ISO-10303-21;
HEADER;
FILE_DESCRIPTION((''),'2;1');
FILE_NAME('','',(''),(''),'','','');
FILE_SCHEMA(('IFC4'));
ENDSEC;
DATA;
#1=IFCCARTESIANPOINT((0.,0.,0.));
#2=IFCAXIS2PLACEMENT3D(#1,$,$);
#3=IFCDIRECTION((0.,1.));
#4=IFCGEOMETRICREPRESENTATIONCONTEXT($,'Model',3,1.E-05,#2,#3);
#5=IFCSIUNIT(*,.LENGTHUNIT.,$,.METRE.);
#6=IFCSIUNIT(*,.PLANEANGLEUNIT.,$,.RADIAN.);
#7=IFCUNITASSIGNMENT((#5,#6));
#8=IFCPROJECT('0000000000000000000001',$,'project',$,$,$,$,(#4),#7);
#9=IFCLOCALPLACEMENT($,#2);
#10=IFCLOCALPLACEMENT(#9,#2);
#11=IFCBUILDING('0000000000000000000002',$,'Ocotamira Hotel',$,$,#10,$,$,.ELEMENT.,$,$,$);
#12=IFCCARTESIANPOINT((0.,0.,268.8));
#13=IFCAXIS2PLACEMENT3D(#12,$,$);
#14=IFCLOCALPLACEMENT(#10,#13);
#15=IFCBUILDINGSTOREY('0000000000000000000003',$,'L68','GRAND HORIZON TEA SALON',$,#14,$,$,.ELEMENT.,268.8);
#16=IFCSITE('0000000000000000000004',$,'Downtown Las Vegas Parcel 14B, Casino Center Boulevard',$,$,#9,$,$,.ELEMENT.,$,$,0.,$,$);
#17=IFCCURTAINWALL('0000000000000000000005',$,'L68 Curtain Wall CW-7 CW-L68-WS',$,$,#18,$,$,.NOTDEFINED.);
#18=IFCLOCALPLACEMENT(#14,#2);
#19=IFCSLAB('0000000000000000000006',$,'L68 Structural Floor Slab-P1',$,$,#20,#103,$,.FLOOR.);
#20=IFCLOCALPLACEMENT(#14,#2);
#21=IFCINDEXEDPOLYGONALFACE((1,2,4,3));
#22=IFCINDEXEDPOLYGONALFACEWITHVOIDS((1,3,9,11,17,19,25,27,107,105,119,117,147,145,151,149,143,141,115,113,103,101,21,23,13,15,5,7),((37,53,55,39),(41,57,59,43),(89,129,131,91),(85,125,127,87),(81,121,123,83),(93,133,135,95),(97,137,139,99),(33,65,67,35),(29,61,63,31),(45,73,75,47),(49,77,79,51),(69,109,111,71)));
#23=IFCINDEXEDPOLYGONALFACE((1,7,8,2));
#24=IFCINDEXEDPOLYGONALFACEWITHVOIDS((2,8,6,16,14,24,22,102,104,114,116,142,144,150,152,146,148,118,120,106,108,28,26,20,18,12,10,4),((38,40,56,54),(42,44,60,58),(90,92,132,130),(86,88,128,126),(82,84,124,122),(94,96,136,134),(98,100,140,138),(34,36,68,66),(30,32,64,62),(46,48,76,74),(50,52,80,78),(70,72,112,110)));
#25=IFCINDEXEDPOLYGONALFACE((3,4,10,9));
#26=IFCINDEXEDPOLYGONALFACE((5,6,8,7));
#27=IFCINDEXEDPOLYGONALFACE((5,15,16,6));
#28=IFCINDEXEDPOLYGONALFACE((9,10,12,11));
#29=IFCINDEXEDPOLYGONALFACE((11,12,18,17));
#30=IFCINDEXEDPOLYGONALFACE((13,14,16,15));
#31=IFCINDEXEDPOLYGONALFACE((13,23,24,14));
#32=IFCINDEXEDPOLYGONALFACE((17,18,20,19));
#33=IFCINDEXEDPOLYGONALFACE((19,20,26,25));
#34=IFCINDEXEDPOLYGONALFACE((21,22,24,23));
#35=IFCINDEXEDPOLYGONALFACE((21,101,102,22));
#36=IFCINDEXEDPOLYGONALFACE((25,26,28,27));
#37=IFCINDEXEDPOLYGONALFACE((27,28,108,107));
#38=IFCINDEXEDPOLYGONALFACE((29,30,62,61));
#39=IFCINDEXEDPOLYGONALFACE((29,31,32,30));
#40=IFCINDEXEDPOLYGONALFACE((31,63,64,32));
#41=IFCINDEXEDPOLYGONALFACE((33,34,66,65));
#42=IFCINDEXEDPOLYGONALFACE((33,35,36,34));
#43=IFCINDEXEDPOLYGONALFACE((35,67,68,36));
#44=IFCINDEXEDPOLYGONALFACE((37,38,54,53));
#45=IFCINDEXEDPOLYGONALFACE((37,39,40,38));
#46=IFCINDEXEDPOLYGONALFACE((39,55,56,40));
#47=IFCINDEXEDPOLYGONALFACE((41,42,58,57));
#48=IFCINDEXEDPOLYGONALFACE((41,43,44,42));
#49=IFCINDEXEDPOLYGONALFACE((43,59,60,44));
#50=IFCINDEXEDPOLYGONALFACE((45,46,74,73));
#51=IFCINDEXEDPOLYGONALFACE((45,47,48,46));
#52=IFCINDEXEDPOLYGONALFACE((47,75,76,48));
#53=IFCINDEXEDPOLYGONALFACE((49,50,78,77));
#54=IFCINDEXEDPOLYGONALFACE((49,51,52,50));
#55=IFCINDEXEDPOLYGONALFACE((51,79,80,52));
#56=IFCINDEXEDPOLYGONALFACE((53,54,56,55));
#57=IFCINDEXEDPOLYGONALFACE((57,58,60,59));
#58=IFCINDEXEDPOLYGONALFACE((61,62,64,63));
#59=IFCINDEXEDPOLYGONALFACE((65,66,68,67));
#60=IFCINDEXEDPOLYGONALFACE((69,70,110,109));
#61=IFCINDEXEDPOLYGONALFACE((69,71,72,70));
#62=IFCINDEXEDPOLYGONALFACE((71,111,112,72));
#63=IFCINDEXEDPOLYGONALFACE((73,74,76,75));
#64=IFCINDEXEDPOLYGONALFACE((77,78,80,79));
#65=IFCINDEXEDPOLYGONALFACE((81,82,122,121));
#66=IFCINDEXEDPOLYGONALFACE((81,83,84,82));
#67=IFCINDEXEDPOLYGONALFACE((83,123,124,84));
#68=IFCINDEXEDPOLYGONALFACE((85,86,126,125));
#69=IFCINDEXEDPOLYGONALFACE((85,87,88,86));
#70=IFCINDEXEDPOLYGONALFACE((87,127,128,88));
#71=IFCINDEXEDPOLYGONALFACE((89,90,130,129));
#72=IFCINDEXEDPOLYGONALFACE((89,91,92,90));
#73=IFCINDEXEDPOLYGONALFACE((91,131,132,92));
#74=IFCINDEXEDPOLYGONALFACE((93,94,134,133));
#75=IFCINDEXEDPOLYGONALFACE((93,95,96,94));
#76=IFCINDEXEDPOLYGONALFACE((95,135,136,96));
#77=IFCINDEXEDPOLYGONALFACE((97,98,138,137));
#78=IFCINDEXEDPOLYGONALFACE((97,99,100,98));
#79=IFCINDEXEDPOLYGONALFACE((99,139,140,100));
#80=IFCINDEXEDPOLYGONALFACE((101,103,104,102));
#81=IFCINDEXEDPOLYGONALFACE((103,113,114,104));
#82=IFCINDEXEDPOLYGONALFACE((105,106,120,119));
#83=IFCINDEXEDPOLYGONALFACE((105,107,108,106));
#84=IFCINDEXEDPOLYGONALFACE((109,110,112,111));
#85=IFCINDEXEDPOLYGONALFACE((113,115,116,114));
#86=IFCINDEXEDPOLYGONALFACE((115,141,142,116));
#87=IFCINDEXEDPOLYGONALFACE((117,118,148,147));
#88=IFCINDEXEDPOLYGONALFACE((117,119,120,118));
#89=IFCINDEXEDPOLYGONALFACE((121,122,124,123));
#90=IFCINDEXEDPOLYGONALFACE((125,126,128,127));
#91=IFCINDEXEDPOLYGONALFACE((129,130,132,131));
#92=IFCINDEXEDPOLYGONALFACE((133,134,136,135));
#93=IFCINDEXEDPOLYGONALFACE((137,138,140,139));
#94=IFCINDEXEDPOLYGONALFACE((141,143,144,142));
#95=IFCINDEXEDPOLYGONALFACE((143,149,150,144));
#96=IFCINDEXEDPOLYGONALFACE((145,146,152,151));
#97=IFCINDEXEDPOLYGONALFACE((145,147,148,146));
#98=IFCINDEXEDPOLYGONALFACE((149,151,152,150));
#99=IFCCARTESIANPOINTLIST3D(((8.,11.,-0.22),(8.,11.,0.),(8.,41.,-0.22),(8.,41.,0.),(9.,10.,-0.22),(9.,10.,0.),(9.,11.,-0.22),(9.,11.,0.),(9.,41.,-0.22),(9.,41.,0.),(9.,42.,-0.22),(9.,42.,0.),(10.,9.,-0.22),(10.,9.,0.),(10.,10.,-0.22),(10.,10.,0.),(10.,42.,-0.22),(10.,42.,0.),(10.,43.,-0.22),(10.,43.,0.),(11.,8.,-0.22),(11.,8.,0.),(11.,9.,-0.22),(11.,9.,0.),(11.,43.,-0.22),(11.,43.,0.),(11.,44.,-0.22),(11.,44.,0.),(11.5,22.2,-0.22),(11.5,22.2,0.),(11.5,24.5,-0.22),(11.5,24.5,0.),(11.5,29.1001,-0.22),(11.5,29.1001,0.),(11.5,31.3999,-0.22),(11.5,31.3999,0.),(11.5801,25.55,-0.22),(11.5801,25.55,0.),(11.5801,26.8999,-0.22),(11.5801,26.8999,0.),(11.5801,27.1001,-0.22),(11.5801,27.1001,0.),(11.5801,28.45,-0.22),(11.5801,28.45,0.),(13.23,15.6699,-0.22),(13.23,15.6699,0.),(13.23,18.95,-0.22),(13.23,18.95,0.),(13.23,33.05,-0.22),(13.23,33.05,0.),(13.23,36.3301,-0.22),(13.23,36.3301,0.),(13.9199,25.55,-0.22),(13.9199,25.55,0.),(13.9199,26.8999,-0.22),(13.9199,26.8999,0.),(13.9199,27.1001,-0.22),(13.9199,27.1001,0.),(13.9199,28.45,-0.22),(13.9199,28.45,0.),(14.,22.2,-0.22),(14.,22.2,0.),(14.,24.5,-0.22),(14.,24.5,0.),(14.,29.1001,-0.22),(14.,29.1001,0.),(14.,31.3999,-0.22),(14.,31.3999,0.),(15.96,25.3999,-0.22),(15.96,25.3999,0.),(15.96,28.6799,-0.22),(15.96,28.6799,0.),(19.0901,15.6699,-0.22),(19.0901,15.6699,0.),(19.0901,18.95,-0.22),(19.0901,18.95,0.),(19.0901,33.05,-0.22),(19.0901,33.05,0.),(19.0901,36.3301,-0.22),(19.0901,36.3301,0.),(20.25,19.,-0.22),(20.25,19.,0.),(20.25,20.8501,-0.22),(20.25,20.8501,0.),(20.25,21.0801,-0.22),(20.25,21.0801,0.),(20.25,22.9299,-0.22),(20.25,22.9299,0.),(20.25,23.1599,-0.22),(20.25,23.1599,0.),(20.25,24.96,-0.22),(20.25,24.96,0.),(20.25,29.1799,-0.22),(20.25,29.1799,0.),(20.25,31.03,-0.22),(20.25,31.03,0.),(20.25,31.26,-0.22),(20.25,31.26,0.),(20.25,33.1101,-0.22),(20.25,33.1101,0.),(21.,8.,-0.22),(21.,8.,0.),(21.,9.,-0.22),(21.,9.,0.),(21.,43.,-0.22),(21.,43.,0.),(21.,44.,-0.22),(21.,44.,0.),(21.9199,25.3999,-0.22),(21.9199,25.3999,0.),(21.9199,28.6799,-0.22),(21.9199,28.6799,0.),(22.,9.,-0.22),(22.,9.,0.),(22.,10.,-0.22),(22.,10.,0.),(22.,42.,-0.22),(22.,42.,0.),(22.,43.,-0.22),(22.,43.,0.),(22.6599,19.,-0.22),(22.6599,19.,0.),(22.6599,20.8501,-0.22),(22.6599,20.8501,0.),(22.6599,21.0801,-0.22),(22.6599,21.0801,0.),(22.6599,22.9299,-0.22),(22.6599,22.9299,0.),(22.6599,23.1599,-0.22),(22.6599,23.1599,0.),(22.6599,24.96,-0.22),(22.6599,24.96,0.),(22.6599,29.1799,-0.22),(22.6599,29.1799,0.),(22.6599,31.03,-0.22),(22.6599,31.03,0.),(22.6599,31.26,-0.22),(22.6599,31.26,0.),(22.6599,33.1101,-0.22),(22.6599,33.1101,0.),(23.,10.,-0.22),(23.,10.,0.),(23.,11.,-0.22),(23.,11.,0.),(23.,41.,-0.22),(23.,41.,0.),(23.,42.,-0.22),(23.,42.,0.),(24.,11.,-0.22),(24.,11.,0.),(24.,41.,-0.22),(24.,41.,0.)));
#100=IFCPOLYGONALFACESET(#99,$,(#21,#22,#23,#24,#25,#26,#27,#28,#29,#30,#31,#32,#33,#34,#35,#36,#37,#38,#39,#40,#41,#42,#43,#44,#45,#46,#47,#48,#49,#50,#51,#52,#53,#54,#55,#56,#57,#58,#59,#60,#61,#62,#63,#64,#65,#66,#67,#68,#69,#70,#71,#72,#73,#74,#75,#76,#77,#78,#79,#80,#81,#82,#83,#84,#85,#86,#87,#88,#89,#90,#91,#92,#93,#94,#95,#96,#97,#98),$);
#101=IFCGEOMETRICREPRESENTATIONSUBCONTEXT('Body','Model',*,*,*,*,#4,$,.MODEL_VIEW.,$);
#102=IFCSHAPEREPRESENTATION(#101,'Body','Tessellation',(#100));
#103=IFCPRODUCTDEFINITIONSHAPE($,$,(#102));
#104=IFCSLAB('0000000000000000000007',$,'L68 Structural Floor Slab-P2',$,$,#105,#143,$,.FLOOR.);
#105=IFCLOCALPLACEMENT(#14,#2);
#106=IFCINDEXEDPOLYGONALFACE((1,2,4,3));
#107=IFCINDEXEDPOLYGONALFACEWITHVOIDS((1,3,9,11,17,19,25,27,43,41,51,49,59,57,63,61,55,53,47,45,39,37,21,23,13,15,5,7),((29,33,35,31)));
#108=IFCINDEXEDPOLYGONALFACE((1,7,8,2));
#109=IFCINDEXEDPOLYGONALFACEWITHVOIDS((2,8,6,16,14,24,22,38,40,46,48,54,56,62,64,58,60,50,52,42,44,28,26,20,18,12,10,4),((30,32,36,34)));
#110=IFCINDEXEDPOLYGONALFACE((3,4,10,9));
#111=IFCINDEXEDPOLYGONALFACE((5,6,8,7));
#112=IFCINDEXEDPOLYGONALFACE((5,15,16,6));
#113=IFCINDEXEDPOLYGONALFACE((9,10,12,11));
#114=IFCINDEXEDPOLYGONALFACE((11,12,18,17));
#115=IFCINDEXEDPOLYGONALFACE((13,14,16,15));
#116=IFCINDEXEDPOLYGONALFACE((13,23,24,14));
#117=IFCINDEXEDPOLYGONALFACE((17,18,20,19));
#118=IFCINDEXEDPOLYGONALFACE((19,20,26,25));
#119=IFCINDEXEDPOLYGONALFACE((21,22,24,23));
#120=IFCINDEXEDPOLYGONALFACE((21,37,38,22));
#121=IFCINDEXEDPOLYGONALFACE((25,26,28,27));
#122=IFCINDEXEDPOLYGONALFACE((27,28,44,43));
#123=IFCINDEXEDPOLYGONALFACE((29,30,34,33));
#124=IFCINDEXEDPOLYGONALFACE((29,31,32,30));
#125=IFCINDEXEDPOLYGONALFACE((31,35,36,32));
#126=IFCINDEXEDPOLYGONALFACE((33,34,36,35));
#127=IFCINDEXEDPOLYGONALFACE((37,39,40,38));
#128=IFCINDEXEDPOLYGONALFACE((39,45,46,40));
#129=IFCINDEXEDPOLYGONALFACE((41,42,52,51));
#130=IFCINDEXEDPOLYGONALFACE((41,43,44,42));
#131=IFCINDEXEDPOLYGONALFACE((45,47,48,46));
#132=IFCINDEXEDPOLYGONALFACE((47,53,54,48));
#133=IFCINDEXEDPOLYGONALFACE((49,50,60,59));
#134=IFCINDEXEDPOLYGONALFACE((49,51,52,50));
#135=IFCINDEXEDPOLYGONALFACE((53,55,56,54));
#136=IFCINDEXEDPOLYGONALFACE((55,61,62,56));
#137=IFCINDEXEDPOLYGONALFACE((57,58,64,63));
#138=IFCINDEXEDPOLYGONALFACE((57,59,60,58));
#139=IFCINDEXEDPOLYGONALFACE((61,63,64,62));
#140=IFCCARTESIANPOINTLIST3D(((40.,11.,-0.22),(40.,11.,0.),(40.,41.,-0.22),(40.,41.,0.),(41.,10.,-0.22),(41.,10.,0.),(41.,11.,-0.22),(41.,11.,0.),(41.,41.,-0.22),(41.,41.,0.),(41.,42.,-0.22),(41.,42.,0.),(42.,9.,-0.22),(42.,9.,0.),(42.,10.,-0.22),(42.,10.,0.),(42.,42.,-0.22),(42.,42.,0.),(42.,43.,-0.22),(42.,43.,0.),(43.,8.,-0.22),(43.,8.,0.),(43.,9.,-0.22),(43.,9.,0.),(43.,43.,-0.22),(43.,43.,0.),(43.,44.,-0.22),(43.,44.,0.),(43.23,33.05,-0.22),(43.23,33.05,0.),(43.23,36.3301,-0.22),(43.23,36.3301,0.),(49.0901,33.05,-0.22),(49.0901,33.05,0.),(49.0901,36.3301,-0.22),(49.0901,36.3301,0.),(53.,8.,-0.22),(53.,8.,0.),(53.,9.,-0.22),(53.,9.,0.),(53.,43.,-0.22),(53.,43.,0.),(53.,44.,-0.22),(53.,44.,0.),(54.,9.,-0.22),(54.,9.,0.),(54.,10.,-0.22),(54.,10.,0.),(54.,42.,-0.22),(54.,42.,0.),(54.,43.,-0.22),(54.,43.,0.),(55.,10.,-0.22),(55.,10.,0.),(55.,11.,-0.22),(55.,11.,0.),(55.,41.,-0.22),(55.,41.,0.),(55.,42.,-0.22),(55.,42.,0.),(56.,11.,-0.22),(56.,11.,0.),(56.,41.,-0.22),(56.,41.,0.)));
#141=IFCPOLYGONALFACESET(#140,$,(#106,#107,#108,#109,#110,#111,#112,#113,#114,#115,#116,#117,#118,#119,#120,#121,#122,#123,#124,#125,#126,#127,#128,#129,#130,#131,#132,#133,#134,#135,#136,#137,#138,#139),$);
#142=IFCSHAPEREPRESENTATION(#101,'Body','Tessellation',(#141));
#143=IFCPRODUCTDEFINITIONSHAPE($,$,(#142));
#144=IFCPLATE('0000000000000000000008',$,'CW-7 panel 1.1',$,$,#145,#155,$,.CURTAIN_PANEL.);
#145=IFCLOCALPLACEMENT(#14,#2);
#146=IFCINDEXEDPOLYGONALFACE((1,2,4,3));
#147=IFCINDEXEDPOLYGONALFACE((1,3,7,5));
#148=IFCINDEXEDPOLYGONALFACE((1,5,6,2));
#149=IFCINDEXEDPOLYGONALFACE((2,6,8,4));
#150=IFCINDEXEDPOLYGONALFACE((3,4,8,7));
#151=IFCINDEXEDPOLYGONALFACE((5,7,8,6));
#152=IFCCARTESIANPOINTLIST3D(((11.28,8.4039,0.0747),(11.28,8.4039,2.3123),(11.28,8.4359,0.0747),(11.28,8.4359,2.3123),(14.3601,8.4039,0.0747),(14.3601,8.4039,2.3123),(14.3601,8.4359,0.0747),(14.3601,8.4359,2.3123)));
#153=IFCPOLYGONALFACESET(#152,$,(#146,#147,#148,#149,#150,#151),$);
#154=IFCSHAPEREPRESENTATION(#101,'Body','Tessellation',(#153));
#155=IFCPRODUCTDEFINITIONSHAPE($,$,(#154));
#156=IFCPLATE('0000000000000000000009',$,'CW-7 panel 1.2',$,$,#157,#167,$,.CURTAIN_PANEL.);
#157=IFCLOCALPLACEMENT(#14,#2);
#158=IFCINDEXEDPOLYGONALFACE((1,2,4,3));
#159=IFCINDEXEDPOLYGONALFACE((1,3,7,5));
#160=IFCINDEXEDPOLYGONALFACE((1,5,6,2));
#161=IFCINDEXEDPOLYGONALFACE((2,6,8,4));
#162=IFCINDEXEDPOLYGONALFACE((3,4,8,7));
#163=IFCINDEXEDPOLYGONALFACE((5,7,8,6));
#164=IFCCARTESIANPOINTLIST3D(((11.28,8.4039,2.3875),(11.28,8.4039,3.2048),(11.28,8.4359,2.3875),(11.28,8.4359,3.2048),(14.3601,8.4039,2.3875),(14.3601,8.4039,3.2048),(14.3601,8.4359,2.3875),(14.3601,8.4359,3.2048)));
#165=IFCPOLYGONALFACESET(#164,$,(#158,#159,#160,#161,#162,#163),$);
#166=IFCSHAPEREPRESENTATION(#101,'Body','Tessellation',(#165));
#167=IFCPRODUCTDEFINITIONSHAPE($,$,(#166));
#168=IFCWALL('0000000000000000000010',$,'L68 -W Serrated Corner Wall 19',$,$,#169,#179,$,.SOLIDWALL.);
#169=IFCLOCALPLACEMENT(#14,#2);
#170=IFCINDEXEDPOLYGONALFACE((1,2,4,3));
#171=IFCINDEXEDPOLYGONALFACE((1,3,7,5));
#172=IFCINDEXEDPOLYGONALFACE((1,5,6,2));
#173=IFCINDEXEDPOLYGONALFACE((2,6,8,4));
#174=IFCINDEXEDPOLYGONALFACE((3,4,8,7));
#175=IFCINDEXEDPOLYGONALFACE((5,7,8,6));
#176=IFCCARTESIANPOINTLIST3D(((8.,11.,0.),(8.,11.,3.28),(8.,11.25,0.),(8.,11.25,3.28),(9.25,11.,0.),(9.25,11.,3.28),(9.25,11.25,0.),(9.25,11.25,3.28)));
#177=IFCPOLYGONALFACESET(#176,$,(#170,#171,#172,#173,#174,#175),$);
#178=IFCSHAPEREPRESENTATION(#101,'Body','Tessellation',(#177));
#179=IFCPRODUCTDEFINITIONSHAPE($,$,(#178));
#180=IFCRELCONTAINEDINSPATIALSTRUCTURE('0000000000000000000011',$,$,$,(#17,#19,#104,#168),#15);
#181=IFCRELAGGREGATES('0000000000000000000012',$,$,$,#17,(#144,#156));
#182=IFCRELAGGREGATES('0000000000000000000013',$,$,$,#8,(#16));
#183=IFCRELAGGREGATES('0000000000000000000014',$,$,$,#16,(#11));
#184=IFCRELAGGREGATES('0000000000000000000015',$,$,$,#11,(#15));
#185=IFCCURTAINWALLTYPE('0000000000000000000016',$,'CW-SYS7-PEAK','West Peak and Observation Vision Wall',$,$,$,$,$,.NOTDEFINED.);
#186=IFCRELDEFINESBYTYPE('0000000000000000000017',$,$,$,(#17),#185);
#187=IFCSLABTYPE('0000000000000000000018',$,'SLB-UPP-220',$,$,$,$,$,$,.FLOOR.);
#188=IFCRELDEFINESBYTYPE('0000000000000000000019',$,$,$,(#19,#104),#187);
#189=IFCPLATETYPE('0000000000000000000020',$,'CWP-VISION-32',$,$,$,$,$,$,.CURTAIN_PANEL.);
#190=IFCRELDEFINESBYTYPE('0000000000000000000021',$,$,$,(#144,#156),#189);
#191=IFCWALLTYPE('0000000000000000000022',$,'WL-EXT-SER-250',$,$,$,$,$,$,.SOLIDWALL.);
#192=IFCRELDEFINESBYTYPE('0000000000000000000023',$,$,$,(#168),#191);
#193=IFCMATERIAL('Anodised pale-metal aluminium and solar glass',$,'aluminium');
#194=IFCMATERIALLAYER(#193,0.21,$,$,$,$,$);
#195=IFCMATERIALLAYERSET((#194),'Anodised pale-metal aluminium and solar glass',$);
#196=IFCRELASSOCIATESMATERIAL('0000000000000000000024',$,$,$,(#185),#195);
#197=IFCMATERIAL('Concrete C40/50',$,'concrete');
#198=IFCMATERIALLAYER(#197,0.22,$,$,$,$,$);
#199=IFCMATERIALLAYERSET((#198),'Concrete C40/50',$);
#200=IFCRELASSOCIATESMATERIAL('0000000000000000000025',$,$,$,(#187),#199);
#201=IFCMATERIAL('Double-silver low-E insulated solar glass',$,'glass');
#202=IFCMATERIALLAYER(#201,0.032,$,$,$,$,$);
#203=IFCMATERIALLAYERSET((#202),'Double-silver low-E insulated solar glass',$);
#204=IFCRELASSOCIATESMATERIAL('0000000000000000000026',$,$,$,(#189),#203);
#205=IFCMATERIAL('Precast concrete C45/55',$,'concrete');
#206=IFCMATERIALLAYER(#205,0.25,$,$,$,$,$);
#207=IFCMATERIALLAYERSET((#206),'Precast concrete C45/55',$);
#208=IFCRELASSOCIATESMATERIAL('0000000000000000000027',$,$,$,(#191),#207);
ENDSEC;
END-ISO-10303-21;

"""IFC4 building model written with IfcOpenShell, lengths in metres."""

from ifc_helpers import new_model, si_unit, direction, frame, frame_2d, origin, origin_2d, place, context, subcontext, project, spatial, polyline, rectangle, outline, extrude, source, transform, mapped, material, layer, layer_set, type_object, element, aggregate, save


model = new_model("IFC4")

# Units and contexts
model_context = context("Model", 3, precision=1e-05, world=origin(), true_north=direction((0.0, 1.0)))
body_context = subcontext(model_context, "Body", "Model", "MODEL_VIEW")
ifc_project = project(units=[si_unit("LENGTHUNIT", "METRE"), si_unit("PLANEANGLEUNIT", "RADIAN")], contexts=[model_context])

# Site, building, storey
site_placement = place(None, origin())
site = spatial("IfcSite", under=ifc_project, at=site_placement, Name="Downtown Las Vegas Parcel 14B, Casino Center Boulevard", CompositionType="ELEMENT", RefElevation=0.0)
building_placement = place(site_placement, origin())
building = spatial("IfcBuilding", under=site, at=building_placement, Name="Ocotamira Hotel", CompositionType="ELEMENT")
storey_placement = place(building_placement, frame((0.0, 0.0, 268.8)))
storey = spatial("IfcBuildingStorey", under=building, at=storey_placement, Name="L68", Description="GRAND HORIZON TEA SALON", CompositionType="ELEMENT", Elevation=268.8)

# Curtain wall
ifc_material_1 = material(Name="Anodised pale-metal aluminium and solar glass", Category="aluminium")
ifc_layer_1 = layer(ifc_material_1, 0.21)
ifc_layer_set_1 = layer_set([ifc_layer_1], Name="Anodised pale-metal aluminium and solar glass")
curtain_wall_type = type_object("IfcCurtainWallType", Name="CW-SYS7-PEAK", Description="West Peak and Observation Vision Wall", PredefinedType="NOTDEFINED", material=ifc_layer_set_1)
curtain_wall_1_placement = place(storey_placement, origin())
curtain_wall_1 = element("IfcCurtainWall", 1, at=curtain_wall_1_placement, inside=storey, type_object=curtain_wall_type, Name="L68 Curtain Wall CW-7 CW-L68-WS", PredefinedType="NOTDEFINED")

# Shared definitions
ifc_material_2 = material(Name="Concrete C40/50", Category="concrete")

# Slabs
ifc_layer_2 = layer(ifc_material_2, 0.22)
ifc_layer_set_2 = layer_set([ifc_layer_2], Name="Concrete C40/50")
slab_type_1 = type_object("IfcSlabType", Name="SLB-UPP-220", PredefinedType="FLOOR", material=ifc_layer_set_2)
slab_1_placement = place(storey_placement, frame((0.0, 0.0, -0.22)))
element("IfcSlab", 2, at=slab_1_placement, inside=storey, type_object=slab_type_1, Name="L68 Structural Floor Slab-P1", PredefinedType="FLOOR", context=body_context, shape_type="SweptSolid", body=[
    extrude(outline(polyline([(11.0, 8.0), (21.0, 8.0), (21.0, 9.0), (22.0, 9.0), (22.0, 10.0), (23.0, 10.0), (23.0, 11.0), (24.0, 11.0), (24.0, 41.0), (23.0, 41.0), (23.0, 42.0), (22.0, 42.0), (22.0, 43.0), (21.0, 43.0), (21.0, 44.0), (11.0, 44.0), (11.0, 43.0), (10.0, 43.0), (10.0, 42.0), (9.0, 42.0), (9.0, 41.0), (8.0, 41.0), (8.0, 11.0), (9.0, 11.0), (9.0, 10.0), (10.0, 10.0), (10.0, 9.0), (11.0, 9.0), (11.0, 8.0)]), holes=[polyline([(13.23, 15.6699), (19.0901, 15.6699), (19.0901, 18.95), (13.23, 18.95), (13.23, 15.6699)]), polyline([(13.23, 33.05), (19.0901, 33.05), (19.0901, 36.3301), (13.23, 36.3301), (13.23, 33.05)]), polyline([(15.96, 25.3999), (21.9199, 25.3999), (21.9199, 28.6799), (15.96, 28.6799), (15.96, 25.3999)]), polyline([(20.25, 19.0), (22.6599, 19.0), (22.6599, 20.8501), (20.25, 20.8501), (20.25, 19.0)]), polyline([(20.25, 21.0801), (22.6599, 21.0801), (22.6599, 22.9299), (20.25, 22.9299), (20.25, 21.0801)]), polyline([(20.25, 23.1599), (22.6599, 23.1599), (22.6599, 24.96), (20.25, 24.96), (20.25, 23.1599)]), polyline([(20.25, 29.1799), (22.6599, 29.1799), (22.6599, 31.03), (20.25, 31.03), (20.25, 29.1799)]), polyline([(20.25, 31.26), (22.6599, 31.26), (22.6599, 33.1101), (20.25, 33.1101), (20.25, 31.26)]), polyline([(11.5, 22.2), (14.0, 22.2), (14.0, 24.5), (11.5, 24.5), (11.5, 22.2)]), polyline([(11.5, 29.1001), (14.0, 29.1001), (14.0, 31.3999), (11.5, 31.3999), (11.5, 29.1001)]), polyline([(11.5801, 25.55), (13.9199, 25.55), (13.9199, 26.8999), (11.5801, 26.8999), (11.5801, 25.55)]), polyline([(11.5801, 27.1001), (13.9199, 27.1001), (13.9199, 28.45), (11.5801, 28.45), (11.5801, 27.1001)])]), origin(), (0.0, 0.0, 1.0), 0.22),
])
slab_2_placement = place(storey_placement, frame((0.0, 0.0, -0.22)))
element("IfcSlab", 3, at=slab_2_placement, inside=storey, type_object=slab_type_1, Name="L68 Structural Floor Slab-P2", PredefinedType="FLOOR", context=body_context, shape_type="SweptSolid", body=[
    extrude(outline(polyline([(43.0, 8.0), (53.0, 8.0), (53.0, 9.0), (54.0, 9.0), (54.0, 10.0), (55.0, 10.0), (55.0, 11.0), (56.0, 11.0), (56.0, 41.0), (55.0, 41.0), (55.0, 42.0), (54.0, 42.0), (54.0, 43.0), (53.0, 43.0), (53.0, 44.0), (43.0, 44.0), (43.0, 43.0), (42.0, 43.0), (42.0, 42.0), (41.0, 42.0), (41.0, 41.0), (40.0, 41.0), (40.0, 11.0), (41.0, 11.0), (41.0, 10.0), (42.0, 10.0), (42.0, 9.0), (43.0, 9.0), (43.0, 8.0)]), holes=[polyline([(43.23, 33.05), (49.0901, 33.05), (49.0901, 36.3301), (43.23, 36.3301), (43.23, 33.05)])]), origin(), (0.0, 0.0, 1.0), 0.22),
])

# Plates
ifc_material_3 = material(Name="Double-silver low-E insulated solar glass", Category="glass")
ifc_layer_3 = layer(ifc_material_3, 0.032)
ifc_layer_set_3 = layer_set([ifc_layer_3], Name="Double-silver low-E insulated solar glass")
plate_type = type_object("IfcPlateType", Name="CWP-VISION-32", PredefinedType="CURTAIN_PANEL", material=ifc_layer_set_3)
shared_shape_1 = source(origin(), body_context, "Body", "SweptSolid", [
    extrude(rectangle(XDim=3.0801, YDim=0.032, at=origin_2d()), origin(), (0.0, 0.0, 1.0), 2.2375),
])
plate_1_placement = place(storey_placement, frame((12.8201, 8.4199, 0.0747), z_axis=(0.0, 0.0, 1.0), x_axis=(1.0, 0.0, 0.0)))
plate_1 = element("IfcPlate", 4, at=plate_1_placement, type_object=plate_type, Name="CW-7 panel 1.1", PredefinedType="CURTAIN_PANEL", context=body_context, shape_type="MappedRepresentation", body=[
    mapped(shared_shape_1, transform((0.0, 0.0, 0.0), scale=1.0)),
])
shared_shape_2 = source(origin(), body_context, "Body", "SweptSolid", [
    extrude(rectangle(XDim=3.0801, YDim=0.032, at=origin_2d()), origin(), (0.0, 0.0, 1.0), 0.8174),
])
plate_2_placement = place(storey_placement, frame((12.8201, 8.4199, 2.3875), z_axis=(0.0, 0.0, 1.0), x_axis=(1.0, 0.0, 0.0)))
plate_2 = element("IfcPlate", 5, at=plate_2_placement, type_object=plate_type, Name="CW-7 panel 1.2", PredefinedType="CURTAIN_PANEL", context=body_context, shape_type="MappedRepresentation", body=[
    mapped(shared_shape_2, transform((0.0, 0.0, 0.0), scale=1.0)),
])
aggregate(curtain_wall_1, [plate_1, plate_2])

# Wall
ifc_material_4 = material(Name="Precast concrete C45/55", Category="concrete")
ifc_layer_4 = layer(ifc_material_4, 0.25)
ifc_layer_set_4 = layer_set([ifc_layer_4], Name="Precast concrete C45/55")
wall_type_1 = type_object("IfcWallType", Name="WL-EXT-SER-250", PredefinedType="SOLIDWALL", material=ifc_layer_set_4)
wall_1_placement = place(storey_placement, frame((8.0, 11.125, 0.0), z_axis=(0.0, 0.0, 1.0), x_axis=(1.0, 0.0, 0.0)))
element("IfcWall", 6, at=wall_1_placement, inside=storey, type_object=wall_type_1, Name="L68 -W Serrated Corner Wall 19", PredefinedType="SOLIDWALL", context=body_context, shape_type="SweptSolid", body=[
    extrude(rectangle(XDim=1.25, YDim=0.25, at=frame_2d((0.625, 0.0))), origin(), (0.0, 0.0, 1.0), 3.28),
])

save(model, "model.ifc")
